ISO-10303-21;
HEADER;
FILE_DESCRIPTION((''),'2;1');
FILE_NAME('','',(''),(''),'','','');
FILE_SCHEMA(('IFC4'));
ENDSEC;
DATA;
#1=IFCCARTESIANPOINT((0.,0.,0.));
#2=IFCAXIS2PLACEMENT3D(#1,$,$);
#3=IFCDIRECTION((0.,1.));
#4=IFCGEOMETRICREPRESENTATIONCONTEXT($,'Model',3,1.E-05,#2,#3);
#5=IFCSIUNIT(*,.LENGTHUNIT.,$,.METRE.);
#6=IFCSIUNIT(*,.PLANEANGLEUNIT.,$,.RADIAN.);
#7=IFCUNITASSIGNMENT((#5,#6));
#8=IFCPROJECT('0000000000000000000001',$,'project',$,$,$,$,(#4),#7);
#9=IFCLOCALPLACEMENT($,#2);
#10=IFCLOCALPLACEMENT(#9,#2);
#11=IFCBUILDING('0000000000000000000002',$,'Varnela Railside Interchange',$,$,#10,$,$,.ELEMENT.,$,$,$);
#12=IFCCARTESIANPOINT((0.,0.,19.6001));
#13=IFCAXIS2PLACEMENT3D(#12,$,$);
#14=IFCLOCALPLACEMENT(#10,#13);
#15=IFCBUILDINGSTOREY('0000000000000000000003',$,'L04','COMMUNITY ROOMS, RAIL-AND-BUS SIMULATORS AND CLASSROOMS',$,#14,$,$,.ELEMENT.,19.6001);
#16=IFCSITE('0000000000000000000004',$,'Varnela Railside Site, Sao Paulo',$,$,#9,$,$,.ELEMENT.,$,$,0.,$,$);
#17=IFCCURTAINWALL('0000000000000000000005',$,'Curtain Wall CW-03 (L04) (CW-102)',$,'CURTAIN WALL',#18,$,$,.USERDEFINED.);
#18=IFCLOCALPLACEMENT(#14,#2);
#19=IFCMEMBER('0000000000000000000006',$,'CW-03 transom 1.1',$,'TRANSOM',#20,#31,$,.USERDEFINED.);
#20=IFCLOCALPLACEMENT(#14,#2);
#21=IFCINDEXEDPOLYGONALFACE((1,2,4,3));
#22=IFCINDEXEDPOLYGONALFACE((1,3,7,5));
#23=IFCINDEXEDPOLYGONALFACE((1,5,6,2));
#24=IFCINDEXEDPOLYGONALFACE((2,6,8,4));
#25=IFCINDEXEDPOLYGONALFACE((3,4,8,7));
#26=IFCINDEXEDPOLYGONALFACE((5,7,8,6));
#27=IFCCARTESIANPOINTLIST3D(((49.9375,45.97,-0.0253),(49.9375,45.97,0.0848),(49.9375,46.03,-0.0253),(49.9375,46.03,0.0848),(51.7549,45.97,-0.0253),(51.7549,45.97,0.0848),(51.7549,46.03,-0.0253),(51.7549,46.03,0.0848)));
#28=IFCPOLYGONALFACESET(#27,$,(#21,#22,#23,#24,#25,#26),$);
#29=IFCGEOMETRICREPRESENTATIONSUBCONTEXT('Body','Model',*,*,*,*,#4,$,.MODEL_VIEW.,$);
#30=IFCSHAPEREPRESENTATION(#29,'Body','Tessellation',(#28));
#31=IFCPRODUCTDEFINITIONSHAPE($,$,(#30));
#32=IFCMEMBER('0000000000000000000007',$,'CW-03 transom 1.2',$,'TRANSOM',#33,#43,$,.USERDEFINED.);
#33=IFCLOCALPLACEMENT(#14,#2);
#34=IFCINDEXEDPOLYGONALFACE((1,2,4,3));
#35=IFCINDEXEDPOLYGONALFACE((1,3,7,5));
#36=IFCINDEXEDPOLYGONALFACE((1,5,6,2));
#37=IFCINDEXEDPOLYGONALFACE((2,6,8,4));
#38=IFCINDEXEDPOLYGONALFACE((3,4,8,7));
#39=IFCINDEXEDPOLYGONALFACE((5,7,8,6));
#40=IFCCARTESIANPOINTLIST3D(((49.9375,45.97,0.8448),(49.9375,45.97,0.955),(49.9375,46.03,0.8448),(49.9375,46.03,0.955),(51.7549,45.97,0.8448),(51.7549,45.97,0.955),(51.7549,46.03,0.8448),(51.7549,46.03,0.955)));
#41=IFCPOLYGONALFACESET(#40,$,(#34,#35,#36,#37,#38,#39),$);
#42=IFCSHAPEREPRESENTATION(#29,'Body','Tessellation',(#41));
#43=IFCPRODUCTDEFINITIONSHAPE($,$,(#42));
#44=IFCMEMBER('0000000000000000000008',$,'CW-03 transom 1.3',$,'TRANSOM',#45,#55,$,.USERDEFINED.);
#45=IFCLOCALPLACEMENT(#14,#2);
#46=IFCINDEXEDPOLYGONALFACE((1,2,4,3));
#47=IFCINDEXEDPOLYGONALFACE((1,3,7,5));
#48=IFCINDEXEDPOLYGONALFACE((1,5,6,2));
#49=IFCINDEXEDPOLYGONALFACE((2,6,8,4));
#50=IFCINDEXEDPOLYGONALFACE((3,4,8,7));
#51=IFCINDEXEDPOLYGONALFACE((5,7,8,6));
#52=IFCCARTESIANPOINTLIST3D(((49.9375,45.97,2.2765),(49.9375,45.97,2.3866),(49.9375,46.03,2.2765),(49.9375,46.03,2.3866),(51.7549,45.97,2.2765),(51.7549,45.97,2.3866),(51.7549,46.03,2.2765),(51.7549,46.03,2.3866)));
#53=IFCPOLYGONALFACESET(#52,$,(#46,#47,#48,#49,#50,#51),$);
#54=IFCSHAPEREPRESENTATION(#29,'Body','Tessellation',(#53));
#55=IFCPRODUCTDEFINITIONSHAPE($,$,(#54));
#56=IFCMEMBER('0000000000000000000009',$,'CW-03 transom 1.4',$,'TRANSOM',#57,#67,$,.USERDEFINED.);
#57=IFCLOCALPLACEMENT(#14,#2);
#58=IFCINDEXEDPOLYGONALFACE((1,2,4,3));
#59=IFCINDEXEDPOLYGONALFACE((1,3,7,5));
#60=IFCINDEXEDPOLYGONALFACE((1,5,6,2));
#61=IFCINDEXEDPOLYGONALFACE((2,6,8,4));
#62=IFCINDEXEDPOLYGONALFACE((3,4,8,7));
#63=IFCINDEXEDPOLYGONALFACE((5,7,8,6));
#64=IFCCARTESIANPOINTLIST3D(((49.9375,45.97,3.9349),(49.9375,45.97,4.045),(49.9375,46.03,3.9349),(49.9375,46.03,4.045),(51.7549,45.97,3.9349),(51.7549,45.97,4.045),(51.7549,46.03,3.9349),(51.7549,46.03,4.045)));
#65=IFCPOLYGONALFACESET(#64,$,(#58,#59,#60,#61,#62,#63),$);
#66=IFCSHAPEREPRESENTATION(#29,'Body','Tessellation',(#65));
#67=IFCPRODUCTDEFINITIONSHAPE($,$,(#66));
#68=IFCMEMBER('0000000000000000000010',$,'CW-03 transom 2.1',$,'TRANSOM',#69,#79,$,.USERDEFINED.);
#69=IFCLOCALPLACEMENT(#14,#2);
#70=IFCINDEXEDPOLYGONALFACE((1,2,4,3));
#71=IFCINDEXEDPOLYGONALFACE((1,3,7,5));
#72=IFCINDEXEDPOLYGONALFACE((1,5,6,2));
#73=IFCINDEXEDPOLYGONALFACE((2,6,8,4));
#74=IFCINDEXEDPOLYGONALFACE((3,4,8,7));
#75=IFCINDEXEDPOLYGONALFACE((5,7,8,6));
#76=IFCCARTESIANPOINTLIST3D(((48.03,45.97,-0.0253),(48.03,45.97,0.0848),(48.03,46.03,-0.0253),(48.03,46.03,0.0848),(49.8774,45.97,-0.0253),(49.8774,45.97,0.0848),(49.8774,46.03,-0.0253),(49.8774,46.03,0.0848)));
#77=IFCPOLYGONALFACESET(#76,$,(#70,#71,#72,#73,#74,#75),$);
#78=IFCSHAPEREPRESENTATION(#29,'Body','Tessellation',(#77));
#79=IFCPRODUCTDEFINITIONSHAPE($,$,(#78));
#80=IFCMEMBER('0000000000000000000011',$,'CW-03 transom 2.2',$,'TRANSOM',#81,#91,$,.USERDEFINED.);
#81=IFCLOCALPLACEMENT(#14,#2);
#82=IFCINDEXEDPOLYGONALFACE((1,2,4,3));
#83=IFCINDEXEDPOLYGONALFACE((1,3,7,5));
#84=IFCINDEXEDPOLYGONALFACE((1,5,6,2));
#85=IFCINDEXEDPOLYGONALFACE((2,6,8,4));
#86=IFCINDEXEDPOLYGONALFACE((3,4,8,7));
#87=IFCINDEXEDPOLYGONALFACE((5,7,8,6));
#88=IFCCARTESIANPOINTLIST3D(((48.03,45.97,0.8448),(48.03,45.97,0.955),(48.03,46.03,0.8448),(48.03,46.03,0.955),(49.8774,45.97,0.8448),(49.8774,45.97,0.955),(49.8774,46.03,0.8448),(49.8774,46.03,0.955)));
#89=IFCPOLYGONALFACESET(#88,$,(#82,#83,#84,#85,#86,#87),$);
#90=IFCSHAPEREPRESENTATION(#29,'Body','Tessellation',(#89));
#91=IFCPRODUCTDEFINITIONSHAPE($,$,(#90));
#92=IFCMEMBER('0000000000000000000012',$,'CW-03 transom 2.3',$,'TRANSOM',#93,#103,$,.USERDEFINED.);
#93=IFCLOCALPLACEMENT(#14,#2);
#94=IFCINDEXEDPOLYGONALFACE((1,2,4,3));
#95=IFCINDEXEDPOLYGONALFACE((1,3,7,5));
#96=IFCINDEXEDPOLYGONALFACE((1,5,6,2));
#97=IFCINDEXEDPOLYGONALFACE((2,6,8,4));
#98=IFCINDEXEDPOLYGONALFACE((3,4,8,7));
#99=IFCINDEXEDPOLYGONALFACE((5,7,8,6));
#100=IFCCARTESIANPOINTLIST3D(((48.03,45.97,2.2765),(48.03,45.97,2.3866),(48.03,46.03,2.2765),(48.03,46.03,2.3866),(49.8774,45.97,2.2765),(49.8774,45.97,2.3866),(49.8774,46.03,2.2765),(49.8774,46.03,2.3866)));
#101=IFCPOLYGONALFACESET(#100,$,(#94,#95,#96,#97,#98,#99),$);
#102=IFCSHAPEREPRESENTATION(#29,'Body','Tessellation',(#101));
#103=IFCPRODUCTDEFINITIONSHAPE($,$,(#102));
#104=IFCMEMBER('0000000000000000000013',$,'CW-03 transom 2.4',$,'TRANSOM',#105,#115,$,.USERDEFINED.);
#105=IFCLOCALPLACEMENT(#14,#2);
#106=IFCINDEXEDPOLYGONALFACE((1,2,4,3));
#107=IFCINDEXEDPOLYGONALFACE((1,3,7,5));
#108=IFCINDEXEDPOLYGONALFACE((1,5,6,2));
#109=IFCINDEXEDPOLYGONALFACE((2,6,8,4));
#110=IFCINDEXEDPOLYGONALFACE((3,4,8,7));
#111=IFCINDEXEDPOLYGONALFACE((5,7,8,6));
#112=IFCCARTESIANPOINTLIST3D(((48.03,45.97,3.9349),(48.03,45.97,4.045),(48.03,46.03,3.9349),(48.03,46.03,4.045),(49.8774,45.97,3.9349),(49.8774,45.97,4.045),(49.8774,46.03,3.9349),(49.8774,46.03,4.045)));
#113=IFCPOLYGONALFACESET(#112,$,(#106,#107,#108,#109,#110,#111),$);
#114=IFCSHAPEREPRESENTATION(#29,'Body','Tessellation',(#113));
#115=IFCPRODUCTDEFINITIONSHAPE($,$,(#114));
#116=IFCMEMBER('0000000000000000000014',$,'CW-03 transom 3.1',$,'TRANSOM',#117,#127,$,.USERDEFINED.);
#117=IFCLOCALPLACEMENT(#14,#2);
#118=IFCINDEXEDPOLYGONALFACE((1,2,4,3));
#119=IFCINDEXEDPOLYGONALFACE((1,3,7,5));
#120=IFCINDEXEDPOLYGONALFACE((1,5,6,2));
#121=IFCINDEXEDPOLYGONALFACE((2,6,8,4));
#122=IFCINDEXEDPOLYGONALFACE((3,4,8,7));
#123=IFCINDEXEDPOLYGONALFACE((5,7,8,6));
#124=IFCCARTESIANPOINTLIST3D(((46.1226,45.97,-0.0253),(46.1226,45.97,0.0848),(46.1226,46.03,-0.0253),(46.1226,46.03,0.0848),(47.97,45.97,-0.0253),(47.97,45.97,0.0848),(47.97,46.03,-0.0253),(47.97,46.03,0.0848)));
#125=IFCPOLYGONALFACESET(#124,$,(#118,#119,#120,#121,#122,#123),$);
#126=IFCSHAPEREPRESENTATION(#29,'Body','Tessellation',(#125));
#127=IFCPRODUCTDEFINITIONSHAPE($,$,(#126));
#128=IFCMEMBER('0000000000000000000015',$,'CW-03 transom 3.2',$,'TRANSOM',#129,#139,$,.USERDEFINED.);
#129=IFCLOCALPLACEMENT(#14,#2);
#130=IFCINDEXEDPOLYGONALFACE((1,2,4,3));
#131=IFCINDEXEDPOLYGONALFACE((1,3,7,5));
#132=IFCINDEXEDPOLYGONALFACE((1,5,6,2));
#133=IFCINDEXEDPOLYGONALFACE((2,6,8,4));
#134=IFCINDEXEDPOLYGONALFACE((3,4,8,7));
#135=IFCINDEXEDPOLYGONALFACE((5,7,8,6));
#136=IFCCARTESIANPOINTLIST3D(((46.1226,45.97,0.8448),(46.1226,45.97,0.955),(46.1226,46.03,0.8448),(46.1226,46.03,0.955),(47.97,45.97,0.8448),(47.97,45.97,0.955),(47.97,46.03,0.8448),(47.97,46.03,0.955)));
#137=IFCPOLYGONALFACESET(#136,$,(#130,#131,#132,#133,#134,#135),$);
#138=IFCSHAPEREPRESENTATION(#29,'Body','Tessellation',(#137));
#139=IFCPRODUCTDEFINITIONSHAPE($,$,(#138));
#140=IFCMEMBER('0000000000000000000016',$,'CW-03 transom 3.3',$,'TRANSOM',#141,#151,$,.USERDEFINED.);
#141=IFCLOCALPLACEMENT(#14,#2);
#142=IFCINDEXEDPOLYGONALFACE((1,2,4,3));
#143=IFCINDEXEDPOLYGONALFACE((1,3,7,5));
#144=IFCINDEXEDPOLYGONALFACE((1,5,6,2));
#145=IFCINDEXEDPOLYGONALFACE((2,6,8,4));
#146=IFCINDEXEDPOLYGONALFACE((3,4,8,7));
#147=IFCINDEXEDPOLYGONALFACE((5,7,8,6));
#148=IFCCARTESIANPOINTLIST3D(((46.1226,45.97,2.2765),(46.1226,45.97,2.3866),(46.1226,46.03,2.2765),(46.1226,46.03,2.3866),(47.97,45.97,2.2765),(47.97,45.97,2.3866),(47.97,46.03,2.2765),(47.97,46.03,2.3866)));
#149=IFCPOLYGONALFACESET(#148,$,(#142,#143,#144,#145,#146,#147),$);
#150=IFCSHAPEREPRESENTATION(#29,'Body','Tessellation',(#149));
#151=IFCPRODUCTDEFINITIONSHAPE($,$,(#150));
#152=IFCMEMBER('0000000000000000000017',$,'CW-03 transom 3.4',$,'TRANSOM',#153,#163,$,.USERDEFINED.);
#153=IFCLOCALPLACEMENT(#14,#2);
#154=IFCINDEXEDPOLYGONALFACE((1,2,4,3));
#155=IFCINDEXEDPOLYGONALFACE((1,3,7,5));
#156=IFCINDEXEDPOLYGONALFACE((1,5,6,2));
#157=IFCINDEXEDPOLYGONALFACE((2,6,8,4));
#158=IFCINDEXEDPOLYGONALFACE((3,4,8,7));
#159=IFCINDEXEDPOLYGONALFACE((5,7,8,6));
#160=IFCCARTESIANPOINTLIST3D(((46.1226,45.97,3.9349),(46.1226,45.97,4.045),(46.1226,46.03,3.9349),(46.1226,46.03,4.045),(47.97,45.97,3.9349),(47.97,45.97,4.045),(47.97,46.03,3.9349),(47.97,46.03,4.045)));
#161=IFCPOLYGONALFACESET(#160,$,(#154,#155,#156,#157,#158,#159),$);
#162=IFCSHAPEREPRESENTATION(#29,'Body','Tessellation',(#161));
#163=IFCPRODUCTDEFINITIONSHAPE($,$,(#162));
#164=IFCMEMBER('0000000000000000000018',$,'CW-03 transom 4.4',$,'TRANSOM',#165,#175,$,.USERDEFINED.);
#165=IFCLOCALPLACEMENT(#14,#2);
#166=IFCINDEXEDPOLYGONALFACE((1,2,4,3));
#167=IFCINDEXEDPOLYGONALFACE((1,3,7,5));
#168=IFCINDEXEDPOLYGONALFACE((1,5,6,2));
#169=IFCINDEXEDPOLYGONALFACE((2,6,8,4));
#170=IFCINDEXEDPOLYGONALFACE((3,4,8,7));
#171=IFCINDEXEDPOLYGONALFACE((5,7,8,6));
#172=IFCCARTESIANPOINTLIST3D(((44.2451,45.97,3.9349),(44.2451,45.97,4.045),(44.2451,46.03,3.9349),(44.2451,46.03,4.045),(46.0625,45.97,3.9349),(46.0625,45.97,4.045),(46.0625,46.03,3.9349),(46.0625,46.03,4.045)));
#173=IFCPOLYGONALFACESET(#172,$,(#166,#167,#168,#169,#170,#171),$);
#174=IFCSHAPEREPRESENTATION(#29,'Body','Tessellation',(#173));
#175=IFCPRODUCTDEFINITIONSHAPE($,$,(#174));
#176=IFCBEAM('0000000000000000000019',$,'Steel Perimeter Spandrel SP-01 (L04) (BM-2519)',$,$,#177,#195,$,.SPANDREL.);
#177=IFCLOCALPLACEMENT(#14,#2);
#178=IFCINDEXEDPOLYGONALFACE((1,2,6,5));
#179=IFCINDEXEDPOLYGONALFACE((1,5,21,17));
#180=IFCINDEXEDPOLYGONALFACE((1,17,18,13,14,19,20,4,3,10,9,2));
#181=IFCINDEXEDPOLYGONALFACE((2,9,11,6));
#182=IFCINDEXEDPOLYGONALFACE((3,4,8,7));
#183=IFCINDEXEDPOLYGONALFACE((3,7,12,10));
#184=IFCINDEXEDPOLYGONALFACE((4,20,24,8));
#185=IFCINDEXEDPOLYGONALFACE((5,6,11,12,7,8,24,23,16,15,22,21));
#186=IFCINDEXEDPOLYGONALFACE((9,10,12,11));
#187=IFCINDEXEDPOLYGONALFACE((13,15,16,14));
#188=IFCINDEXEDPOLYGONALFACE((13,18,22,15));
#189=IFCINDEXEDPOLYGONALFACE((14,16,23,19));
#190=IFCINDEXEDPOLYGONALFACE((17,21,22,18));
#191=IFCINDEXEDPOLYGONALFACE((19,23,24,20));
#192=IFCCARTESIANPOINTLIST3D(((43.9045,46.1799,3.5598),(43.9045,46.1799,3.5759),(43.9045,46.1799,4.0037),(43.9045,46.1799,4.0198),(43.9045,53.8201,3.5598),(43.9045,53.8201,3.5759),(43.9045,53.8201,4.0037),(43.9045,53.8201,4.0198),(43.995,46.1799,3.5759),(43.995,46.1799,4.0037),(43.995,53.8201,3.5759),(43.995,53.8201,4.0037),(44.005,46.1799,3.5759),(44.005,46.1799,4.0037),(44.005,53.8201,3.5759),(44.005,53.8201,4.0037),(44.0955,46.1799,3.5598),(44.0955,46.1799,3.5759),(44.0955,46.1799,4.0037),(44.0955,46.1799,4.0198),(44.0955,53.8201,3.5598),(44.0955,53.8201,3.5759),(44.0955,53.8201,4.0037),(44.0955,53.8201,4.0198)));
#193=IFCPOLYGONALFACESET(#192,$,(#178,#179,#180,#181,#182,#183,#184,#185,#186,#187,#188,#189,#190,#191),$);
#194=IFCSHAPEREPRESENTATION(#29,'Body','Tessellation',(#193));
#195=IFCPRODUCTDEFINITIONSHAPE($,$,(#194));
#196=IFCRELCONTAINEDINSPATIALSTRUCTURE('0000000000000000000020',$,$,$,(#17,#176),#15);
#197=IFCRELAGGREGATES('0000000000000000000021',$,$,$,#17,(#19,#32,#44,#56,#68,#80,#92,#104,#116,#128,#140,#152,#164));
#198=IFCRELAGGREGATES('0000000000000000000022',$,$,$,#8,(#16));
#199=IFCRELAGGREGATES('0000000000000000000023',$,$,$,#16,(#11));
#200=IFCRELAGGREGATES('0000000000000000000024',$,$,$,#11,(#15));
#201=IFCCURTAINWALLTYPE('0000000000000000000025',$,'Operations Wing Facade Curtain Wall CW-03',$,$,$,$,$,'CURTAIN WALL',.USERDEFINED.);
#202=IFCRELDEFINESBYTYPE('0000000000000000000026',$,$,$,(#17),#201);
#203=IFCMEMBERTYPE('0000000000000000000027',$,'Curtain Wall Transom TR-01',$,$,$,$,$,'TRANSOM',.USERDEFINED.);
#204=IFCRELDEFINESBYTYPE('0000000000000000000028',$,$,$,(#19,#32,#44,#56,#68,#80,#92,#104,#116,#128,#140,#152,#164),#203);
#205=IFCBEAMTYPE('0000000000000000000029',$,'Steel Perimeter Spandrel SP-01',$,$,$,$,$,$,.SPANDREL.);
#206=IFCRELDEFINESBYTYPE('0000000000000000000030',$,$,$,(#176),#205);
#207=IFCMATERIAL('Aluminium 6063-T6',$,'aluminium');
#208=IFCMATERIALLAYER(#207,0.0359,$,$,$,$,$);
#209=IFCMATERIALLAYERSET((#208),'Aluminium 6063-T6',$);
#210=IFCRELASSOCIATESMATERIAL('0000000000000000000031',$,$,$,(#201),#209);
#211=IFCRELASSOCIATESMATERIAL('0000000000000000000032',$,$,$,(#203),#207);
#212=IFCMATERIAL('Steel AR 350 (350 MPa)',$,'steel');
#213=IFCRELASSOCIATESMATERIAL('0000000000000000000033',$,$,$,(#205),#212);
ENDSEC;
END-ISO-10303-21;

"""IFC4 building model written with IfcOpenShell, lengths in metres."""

from ifc_helpers import new_model, si_unit, direction, frame, origin, origin_2d, place, context, subcontext, project, spatial, rectangle, i_section, extrude, material, layer, layer_set, material_profile, profile_set, type_object, element, aggregate, save


model = new_model("IFC4")

# Units and contexts
model_context = context("Model", 3, precision=1e-05, world=origin(), true_north=direction((0.0, 1.0)))
body_context = subcontext(model_context, "Body", "Model", "MODEL_VIEW")
ifc_project = project(units=[si_unit("LENGTHUNIT", "METRE"), si_unit("PLANEANGLEUNIT", "RADIAN")], contexts=[model_context])

# Site, building, storey
site_placement = place(None, origin())
site = spatial("IfcSite", under=ifc_project, at=site_placement, Name="Varnela Railside Site, Sao Paulo", CompositionType="ELEMENT", RefElevation=0.0)
building_placement = place(site_placement, origin())
building = spatial("IfcBuilding", under=site, at=building_placement, Name="Varnela Railside Interchange", CompositionType="ELEMENT")
storey_placement = place(building_placement, frame((0.0, 0.0, 19.6001)))
storey = spatial("IfcBuildingStorey", under=building, at=storey_placement, Name="L04", Description="COMMUNITY ROOMS, RAIL-AND-BUS SIMULATORS AND CLASSROOMS", CompositionType="ELEMENT", Elevation=19.6001)

# Shared definitions
ifc_material_1 = material(Name="Steel AR 350 (350 MPa)", Category="steel")

# Curtain wall, members
ifc_material_2 = material(Name="Aluminium 6063-T6", Category="aluminium")
ifc_layer_1 = layer(ifc_material_2, 0.0359)
ifc_layer_set_1 = layer_set([ifc_layer_1], Name="Aluminium 6063-T6")
curtain_wall_type = type_object("IfcCurtainWallType", Name="Operations Wing Facade Curtain Wall CW-03", ElementType="CURTAIN WALL", PredefinedType="USERDEFINED", material=ifc_layer_set_1)
curtain_wall_placement = place(storey_placement, origin())
curtain_wall = element("IfcCurtainWall", 1, at=curtain_wall_placement, inside=storey, type_object=curtain_wall_type, Name="Curtain Wall CW-03 (L04) (CW-102)", ObjectType="CURTAIN WALL", PredefinedType="USERDEFINED")
ifc_material_profile_1 = material_profile(ifc_material_2, rectangle(XDim=0.0601, YDim=0.1101, at=origin_2d()), Name="ALU 60x110")
ifc_profile_set_1 = profile_set([ifc_material_profile_1], Name="Aluminium 6063-T6")
member_type_1 = type_object("IfcMemberType", Name="Curtain Wall Transom TR-01", ElementType="TRANSOM", PredefinedType="USERDEFINED", material=ifc_profile_set_1)
member_1_placement = place(storey_placement, frame((51.7549, 46.0, 0.0298), z_axis=(-1.0, 0.0, 0.0), x_axis=(0.0, -1.0, 0.0)))
member_1 = element("IfcMember", 2, at=member_1_placement, type_object=member_type_1, Name="CW-03 transom 1.1", ObjectType="TRANSOM", PredefinedType="USERDEFINED", context=body_context, shape_type="SweptSolid", body=[
    extrude(rectangle(XDim=0.0601, YDim=0.1101, at=origin_2d()), origin(), (0.0, 0.0, 1.0), 1.8174),
])
member_2_placement = place(storey_placement, frame((51.7549, 46.0, 0.8999), z_axis=(-1.0, 0.0, 0.0), x_axis=(0.0, -1.0, 0.0)))
member_2 = element("IfcMember", 3, at=member_2_placement, type_object=member_type_1, Name="CW-03 transom 1.2", ObjectType="TRANSOM", PredefinedType="USERDEFINED", context=body_context, shape_type="SweptSolid", body=[
    extrude(rectangle(XDim=0.0601, YDim=0.1101, at=origin_2d()), origin(), (0.0, 0.0, 1.0), 1.8174),
])
member_3_placement = place(storey_placement, frame((51.7549, 46.0, 2.3315), z_axis=(-1.0, 0.0, 0.0), x_axis=(0.0, -1.0, 0.0)))
member_3 = element("IfcMember", 4, at=member_3_placement, type_object=member_type_1, Name="CW-03 transom 1.3", ObjectType="TRANSOM", PredefinedType="USERDEFINED", context=body_context, shape_type="SweptSolid", body=[
    extrude(rectangle(XDim=0.0601, YDim=0.1101, at=origin_2d()), origin(), (0.0, 0.0, 1.0), 1.8174),
])
member_4_placement = place(storey_placement, frame((51.7549, 46.0, 3.99), z_axis=(-1.0, 0.0, 0.0), x_axis=(0.0, -1.0, 0.0)))
member_4 = element("IfcMember", 5, at=member_4_placement, type_object=member_type_1, Name="CW-03 transom 1.4", ObjectType="TRANSOM", PredefinedType="USERDEFINED", context=body_context, shape_type="SweptSolid", body=[
    extrude(rectangle(XDim=0.0601, YDim=0.1101, at=origin_2d()), origin(), (0.0, 0.0, 1.0), 1.8174),
])
member_5_placement = place(storey_placement, frame((49.8774, 46.0, 0.0298), z_axis=(-1.0, 0.0, 0.0), x_axis=(0.0, -1.0, 0.0)))
member_5 = element("IfcMember", 6, at=member_5_placement, type_object=member_type_1, Name="CW-03 transom 2.1", ObjectType="TRANSOM", PredefinedType="USERDEFINED", context=body_context, shape_type="SweptSolid", body=[
    extrude(rectangle(XDim=0.0601, YDim=0.1101, at=origin_2d()), origin(), (0.0, 0.0, 1.0), 1.8474),
])
member_6_placement = place(storey_placement, frame((49.8774, 46.0, 0.8999), z_axis=(-1.0, 0.0, 0.0), x_axis=(0.0, -1.0, 0.0)))
member_6 = element("IfcMember", 7, at=member_6_placement, type_object=member_type_1, Name="CW-03 transom 2.2", ObjectType="TRANSOM", PredefinedType="USERDEFINED", context=body_context, shape_type="SweptSolid", body=[
    extrude(rectangle(XDim=0.0601, YDim=0.1101, at=origin_2d()), origin(), (0.0, 0.0, 1.0), 1.8474),
])
member_7_placement = place(storey_placement, frame((49.8774, 46.0, 2.3315), z_axis=(-1.0, 0.0, 0.0), x_axis=(0.0, -1.0, 0.0)))
member_7 = element("IfcMember", 8, at=member_7_placement, type_object=member_type_1, Name="CW-03 transom 2.3", ObjectType="TRANSOM", PredefinedType="USERDEFINED", context=body_context, shape_type="SweptSolid", body=[
    extrude(rectangle(XDim=0.0601, YDim=0.1101, at=origin_2d()), origin(), (0.0, 0.0, 1.0), 1.8474),
])
member_8_placement = place(storey_placement, frame((49.8774, 46.0, 3.99), z_axis=(-1.0, 0.0, 0.0), x_axis=(0.0, -1.0, 0.0)))
member_8 = element("IfcMember", 9, at=member_8_placement, type_object=member_type_1, Name="CW-03 transom 2.4", ObjectType="TRANSOM", PredefinedType="USERDEFINED", context=body_context, shape_type="SweptSolid", body=[
    extrude(rectangle(XDim=0.0601, YDim=0.1101, at=origin_2d()), origin(), (0.0, 0.0, 1.0), 1.8474),
])
member_9_placement = place(storey_placement, frame((47.97, 46.0, 0.0298), z_axis=(-1.0, 0.0, 0.0), x_axis=(0.0, -1.0, 0.0)))
member_9 = element("IfcMember", 10, at=member_9_placement, type_object=member_type_1, Name="CW-03 transom 3.1", ObjectType="TRANSOM", PredefinedType="USERDEFINED", context=body_context, shape_type="SweptSolid", body=[
    extrude(rectangle(XDim=0.0601, YDim=0.1101, at=origin_2d()), origin(), (0.0, 0.0, 1.0), 1.8474),
])
member_10_placement = place(storey_placement, frame((47.97, 46.0, 0.8999), z_axis=(-1.0, 0.0, 0.0), x_axis=(0.0, -1.0, 0.0)))
member_10 = element("IfcMember", 11, at=member_10_placement, type_object=member_type_1, Name="CW-03 transom 3.2", ObjectType="TRANSOM", PredefinedType="USERDEFINED", context=body_context, shape_type="SweptSolid", body=[
    extrude(rectangle(XDim=0.0601, YDim=0.1101, at=origin_2d()), origin(), (0.0, 0.0, 1.0), 1.8474),
])
member_11_placement = place(storey_placement, frame((47.97, 46.0, 2.3315), z_axis=(-1.0, 0.0, 0.0), x_axis=(0.0, -1.0, 0.0)))
member_11 = element("IfcMember", 12, at=member_11_placement, type_object=member_type_1, Name="CW-03 transom 3.3", ObjectType="TRANSOM", PredefinedType="USERDEFINED", context=body_context, shape_type="SweptSolid", body=[
    extrude(rectangle(XDim=0.0601, YDim=0.1101, at=origin_2d()), origin(), (0.0, 0.0, 1.0), 1.8474),
])
member_12_placement = place(storey_placement, frame((47.97, 46.0, 3.99), z_axis=(-1.0, 0.0, 0.0), x_axis=(0.0, -1.0, 0.0)))
member_12 = element("IfcMember", 13, at=member_12_placement, type_object=member_type_1, Name="CW-03 transom 3.4", ObjectType="TRANSOM", PredefinedType="USERDEFINED", context=body_context, shape_type="SweptSolid", body=[
    extrude(rectangle(XDim=0.0601, YDim=0.1101, at=origin_2d()), origin(), (0.0, 0.0, 1.0), 1.8474),
])
member_13_placement = place(storey_placement, frame((46.0625, 46.0, 3.99), z_axis=(-1.0, 0.0, 0.0), x_axis=(0.0, -1.0, 0.0)))
member_13 = element("IfcMember", 14, at=member_13_placement, type_object=member_type_1, Name="CW-03 transom 4.4", ObjectType="TRANSOM", PredefinedType="USERDEFINED", context=body_context, shape_type="SweptSolid", body=[
    extrude(rectangle(XDim=0.0601, YDim=0.1101, at=origin_2d()), origin(), (0.0, 0.0, 1.0), 1.8174),
])

# Beam
ifc_material_profile_2 = material_profile(ifc_material_1, i_section(OverallWidth=0.1909, OverallDepth=0.46, WebThickness=0.01, FlangeThickness=0.0161, at=origin_2d()), Name="W460x82")
ifc_profile_set_2 = profile_set([ifc_material_profile_2], Name="Steel AR 350 (350 MPa)")
beam_type_1 = type_object("IfcBeamType", Name="Steel Perimeter Spandrel SP-01", PredefinedType="SPANDREL", material=ifc_profile_set_2)
for number, where, z_axis, x_axis, name in (
    (15, (44.0, 46.1799, 3.7898), (0.0, 1.0, 0.0), (-1.0, 0.0, 0.0), "Steel Perimeter Spandrel SP-01 (L04) (BM-2519)"),
):
    element("IfcBeam", number, at=place(storey_placement, frame(where, z_axis=z_axis, x_axis=x_axis)), inside=storey, type_object=beam_type_1, Name=name, PredefinedType="SPANDREL", context=body_context, shape_type="SweptSolid", body=[
        extrude(i_section(OverallWidth=0.1909, OverallDepth=0.46, WebThickness=0.01, FlangeThickness=0.0161, at=origin_2d()), origin(), (0.0, 0.0, 1.0), 7.6401),
    ])

aggregate(curtain_wall, [member_1, member_2, member_3, member_4, member_5, member_6, member_7, member_8, member_9, member_10, member_11, member_12, member_13])

save(model, "model.ifc")
